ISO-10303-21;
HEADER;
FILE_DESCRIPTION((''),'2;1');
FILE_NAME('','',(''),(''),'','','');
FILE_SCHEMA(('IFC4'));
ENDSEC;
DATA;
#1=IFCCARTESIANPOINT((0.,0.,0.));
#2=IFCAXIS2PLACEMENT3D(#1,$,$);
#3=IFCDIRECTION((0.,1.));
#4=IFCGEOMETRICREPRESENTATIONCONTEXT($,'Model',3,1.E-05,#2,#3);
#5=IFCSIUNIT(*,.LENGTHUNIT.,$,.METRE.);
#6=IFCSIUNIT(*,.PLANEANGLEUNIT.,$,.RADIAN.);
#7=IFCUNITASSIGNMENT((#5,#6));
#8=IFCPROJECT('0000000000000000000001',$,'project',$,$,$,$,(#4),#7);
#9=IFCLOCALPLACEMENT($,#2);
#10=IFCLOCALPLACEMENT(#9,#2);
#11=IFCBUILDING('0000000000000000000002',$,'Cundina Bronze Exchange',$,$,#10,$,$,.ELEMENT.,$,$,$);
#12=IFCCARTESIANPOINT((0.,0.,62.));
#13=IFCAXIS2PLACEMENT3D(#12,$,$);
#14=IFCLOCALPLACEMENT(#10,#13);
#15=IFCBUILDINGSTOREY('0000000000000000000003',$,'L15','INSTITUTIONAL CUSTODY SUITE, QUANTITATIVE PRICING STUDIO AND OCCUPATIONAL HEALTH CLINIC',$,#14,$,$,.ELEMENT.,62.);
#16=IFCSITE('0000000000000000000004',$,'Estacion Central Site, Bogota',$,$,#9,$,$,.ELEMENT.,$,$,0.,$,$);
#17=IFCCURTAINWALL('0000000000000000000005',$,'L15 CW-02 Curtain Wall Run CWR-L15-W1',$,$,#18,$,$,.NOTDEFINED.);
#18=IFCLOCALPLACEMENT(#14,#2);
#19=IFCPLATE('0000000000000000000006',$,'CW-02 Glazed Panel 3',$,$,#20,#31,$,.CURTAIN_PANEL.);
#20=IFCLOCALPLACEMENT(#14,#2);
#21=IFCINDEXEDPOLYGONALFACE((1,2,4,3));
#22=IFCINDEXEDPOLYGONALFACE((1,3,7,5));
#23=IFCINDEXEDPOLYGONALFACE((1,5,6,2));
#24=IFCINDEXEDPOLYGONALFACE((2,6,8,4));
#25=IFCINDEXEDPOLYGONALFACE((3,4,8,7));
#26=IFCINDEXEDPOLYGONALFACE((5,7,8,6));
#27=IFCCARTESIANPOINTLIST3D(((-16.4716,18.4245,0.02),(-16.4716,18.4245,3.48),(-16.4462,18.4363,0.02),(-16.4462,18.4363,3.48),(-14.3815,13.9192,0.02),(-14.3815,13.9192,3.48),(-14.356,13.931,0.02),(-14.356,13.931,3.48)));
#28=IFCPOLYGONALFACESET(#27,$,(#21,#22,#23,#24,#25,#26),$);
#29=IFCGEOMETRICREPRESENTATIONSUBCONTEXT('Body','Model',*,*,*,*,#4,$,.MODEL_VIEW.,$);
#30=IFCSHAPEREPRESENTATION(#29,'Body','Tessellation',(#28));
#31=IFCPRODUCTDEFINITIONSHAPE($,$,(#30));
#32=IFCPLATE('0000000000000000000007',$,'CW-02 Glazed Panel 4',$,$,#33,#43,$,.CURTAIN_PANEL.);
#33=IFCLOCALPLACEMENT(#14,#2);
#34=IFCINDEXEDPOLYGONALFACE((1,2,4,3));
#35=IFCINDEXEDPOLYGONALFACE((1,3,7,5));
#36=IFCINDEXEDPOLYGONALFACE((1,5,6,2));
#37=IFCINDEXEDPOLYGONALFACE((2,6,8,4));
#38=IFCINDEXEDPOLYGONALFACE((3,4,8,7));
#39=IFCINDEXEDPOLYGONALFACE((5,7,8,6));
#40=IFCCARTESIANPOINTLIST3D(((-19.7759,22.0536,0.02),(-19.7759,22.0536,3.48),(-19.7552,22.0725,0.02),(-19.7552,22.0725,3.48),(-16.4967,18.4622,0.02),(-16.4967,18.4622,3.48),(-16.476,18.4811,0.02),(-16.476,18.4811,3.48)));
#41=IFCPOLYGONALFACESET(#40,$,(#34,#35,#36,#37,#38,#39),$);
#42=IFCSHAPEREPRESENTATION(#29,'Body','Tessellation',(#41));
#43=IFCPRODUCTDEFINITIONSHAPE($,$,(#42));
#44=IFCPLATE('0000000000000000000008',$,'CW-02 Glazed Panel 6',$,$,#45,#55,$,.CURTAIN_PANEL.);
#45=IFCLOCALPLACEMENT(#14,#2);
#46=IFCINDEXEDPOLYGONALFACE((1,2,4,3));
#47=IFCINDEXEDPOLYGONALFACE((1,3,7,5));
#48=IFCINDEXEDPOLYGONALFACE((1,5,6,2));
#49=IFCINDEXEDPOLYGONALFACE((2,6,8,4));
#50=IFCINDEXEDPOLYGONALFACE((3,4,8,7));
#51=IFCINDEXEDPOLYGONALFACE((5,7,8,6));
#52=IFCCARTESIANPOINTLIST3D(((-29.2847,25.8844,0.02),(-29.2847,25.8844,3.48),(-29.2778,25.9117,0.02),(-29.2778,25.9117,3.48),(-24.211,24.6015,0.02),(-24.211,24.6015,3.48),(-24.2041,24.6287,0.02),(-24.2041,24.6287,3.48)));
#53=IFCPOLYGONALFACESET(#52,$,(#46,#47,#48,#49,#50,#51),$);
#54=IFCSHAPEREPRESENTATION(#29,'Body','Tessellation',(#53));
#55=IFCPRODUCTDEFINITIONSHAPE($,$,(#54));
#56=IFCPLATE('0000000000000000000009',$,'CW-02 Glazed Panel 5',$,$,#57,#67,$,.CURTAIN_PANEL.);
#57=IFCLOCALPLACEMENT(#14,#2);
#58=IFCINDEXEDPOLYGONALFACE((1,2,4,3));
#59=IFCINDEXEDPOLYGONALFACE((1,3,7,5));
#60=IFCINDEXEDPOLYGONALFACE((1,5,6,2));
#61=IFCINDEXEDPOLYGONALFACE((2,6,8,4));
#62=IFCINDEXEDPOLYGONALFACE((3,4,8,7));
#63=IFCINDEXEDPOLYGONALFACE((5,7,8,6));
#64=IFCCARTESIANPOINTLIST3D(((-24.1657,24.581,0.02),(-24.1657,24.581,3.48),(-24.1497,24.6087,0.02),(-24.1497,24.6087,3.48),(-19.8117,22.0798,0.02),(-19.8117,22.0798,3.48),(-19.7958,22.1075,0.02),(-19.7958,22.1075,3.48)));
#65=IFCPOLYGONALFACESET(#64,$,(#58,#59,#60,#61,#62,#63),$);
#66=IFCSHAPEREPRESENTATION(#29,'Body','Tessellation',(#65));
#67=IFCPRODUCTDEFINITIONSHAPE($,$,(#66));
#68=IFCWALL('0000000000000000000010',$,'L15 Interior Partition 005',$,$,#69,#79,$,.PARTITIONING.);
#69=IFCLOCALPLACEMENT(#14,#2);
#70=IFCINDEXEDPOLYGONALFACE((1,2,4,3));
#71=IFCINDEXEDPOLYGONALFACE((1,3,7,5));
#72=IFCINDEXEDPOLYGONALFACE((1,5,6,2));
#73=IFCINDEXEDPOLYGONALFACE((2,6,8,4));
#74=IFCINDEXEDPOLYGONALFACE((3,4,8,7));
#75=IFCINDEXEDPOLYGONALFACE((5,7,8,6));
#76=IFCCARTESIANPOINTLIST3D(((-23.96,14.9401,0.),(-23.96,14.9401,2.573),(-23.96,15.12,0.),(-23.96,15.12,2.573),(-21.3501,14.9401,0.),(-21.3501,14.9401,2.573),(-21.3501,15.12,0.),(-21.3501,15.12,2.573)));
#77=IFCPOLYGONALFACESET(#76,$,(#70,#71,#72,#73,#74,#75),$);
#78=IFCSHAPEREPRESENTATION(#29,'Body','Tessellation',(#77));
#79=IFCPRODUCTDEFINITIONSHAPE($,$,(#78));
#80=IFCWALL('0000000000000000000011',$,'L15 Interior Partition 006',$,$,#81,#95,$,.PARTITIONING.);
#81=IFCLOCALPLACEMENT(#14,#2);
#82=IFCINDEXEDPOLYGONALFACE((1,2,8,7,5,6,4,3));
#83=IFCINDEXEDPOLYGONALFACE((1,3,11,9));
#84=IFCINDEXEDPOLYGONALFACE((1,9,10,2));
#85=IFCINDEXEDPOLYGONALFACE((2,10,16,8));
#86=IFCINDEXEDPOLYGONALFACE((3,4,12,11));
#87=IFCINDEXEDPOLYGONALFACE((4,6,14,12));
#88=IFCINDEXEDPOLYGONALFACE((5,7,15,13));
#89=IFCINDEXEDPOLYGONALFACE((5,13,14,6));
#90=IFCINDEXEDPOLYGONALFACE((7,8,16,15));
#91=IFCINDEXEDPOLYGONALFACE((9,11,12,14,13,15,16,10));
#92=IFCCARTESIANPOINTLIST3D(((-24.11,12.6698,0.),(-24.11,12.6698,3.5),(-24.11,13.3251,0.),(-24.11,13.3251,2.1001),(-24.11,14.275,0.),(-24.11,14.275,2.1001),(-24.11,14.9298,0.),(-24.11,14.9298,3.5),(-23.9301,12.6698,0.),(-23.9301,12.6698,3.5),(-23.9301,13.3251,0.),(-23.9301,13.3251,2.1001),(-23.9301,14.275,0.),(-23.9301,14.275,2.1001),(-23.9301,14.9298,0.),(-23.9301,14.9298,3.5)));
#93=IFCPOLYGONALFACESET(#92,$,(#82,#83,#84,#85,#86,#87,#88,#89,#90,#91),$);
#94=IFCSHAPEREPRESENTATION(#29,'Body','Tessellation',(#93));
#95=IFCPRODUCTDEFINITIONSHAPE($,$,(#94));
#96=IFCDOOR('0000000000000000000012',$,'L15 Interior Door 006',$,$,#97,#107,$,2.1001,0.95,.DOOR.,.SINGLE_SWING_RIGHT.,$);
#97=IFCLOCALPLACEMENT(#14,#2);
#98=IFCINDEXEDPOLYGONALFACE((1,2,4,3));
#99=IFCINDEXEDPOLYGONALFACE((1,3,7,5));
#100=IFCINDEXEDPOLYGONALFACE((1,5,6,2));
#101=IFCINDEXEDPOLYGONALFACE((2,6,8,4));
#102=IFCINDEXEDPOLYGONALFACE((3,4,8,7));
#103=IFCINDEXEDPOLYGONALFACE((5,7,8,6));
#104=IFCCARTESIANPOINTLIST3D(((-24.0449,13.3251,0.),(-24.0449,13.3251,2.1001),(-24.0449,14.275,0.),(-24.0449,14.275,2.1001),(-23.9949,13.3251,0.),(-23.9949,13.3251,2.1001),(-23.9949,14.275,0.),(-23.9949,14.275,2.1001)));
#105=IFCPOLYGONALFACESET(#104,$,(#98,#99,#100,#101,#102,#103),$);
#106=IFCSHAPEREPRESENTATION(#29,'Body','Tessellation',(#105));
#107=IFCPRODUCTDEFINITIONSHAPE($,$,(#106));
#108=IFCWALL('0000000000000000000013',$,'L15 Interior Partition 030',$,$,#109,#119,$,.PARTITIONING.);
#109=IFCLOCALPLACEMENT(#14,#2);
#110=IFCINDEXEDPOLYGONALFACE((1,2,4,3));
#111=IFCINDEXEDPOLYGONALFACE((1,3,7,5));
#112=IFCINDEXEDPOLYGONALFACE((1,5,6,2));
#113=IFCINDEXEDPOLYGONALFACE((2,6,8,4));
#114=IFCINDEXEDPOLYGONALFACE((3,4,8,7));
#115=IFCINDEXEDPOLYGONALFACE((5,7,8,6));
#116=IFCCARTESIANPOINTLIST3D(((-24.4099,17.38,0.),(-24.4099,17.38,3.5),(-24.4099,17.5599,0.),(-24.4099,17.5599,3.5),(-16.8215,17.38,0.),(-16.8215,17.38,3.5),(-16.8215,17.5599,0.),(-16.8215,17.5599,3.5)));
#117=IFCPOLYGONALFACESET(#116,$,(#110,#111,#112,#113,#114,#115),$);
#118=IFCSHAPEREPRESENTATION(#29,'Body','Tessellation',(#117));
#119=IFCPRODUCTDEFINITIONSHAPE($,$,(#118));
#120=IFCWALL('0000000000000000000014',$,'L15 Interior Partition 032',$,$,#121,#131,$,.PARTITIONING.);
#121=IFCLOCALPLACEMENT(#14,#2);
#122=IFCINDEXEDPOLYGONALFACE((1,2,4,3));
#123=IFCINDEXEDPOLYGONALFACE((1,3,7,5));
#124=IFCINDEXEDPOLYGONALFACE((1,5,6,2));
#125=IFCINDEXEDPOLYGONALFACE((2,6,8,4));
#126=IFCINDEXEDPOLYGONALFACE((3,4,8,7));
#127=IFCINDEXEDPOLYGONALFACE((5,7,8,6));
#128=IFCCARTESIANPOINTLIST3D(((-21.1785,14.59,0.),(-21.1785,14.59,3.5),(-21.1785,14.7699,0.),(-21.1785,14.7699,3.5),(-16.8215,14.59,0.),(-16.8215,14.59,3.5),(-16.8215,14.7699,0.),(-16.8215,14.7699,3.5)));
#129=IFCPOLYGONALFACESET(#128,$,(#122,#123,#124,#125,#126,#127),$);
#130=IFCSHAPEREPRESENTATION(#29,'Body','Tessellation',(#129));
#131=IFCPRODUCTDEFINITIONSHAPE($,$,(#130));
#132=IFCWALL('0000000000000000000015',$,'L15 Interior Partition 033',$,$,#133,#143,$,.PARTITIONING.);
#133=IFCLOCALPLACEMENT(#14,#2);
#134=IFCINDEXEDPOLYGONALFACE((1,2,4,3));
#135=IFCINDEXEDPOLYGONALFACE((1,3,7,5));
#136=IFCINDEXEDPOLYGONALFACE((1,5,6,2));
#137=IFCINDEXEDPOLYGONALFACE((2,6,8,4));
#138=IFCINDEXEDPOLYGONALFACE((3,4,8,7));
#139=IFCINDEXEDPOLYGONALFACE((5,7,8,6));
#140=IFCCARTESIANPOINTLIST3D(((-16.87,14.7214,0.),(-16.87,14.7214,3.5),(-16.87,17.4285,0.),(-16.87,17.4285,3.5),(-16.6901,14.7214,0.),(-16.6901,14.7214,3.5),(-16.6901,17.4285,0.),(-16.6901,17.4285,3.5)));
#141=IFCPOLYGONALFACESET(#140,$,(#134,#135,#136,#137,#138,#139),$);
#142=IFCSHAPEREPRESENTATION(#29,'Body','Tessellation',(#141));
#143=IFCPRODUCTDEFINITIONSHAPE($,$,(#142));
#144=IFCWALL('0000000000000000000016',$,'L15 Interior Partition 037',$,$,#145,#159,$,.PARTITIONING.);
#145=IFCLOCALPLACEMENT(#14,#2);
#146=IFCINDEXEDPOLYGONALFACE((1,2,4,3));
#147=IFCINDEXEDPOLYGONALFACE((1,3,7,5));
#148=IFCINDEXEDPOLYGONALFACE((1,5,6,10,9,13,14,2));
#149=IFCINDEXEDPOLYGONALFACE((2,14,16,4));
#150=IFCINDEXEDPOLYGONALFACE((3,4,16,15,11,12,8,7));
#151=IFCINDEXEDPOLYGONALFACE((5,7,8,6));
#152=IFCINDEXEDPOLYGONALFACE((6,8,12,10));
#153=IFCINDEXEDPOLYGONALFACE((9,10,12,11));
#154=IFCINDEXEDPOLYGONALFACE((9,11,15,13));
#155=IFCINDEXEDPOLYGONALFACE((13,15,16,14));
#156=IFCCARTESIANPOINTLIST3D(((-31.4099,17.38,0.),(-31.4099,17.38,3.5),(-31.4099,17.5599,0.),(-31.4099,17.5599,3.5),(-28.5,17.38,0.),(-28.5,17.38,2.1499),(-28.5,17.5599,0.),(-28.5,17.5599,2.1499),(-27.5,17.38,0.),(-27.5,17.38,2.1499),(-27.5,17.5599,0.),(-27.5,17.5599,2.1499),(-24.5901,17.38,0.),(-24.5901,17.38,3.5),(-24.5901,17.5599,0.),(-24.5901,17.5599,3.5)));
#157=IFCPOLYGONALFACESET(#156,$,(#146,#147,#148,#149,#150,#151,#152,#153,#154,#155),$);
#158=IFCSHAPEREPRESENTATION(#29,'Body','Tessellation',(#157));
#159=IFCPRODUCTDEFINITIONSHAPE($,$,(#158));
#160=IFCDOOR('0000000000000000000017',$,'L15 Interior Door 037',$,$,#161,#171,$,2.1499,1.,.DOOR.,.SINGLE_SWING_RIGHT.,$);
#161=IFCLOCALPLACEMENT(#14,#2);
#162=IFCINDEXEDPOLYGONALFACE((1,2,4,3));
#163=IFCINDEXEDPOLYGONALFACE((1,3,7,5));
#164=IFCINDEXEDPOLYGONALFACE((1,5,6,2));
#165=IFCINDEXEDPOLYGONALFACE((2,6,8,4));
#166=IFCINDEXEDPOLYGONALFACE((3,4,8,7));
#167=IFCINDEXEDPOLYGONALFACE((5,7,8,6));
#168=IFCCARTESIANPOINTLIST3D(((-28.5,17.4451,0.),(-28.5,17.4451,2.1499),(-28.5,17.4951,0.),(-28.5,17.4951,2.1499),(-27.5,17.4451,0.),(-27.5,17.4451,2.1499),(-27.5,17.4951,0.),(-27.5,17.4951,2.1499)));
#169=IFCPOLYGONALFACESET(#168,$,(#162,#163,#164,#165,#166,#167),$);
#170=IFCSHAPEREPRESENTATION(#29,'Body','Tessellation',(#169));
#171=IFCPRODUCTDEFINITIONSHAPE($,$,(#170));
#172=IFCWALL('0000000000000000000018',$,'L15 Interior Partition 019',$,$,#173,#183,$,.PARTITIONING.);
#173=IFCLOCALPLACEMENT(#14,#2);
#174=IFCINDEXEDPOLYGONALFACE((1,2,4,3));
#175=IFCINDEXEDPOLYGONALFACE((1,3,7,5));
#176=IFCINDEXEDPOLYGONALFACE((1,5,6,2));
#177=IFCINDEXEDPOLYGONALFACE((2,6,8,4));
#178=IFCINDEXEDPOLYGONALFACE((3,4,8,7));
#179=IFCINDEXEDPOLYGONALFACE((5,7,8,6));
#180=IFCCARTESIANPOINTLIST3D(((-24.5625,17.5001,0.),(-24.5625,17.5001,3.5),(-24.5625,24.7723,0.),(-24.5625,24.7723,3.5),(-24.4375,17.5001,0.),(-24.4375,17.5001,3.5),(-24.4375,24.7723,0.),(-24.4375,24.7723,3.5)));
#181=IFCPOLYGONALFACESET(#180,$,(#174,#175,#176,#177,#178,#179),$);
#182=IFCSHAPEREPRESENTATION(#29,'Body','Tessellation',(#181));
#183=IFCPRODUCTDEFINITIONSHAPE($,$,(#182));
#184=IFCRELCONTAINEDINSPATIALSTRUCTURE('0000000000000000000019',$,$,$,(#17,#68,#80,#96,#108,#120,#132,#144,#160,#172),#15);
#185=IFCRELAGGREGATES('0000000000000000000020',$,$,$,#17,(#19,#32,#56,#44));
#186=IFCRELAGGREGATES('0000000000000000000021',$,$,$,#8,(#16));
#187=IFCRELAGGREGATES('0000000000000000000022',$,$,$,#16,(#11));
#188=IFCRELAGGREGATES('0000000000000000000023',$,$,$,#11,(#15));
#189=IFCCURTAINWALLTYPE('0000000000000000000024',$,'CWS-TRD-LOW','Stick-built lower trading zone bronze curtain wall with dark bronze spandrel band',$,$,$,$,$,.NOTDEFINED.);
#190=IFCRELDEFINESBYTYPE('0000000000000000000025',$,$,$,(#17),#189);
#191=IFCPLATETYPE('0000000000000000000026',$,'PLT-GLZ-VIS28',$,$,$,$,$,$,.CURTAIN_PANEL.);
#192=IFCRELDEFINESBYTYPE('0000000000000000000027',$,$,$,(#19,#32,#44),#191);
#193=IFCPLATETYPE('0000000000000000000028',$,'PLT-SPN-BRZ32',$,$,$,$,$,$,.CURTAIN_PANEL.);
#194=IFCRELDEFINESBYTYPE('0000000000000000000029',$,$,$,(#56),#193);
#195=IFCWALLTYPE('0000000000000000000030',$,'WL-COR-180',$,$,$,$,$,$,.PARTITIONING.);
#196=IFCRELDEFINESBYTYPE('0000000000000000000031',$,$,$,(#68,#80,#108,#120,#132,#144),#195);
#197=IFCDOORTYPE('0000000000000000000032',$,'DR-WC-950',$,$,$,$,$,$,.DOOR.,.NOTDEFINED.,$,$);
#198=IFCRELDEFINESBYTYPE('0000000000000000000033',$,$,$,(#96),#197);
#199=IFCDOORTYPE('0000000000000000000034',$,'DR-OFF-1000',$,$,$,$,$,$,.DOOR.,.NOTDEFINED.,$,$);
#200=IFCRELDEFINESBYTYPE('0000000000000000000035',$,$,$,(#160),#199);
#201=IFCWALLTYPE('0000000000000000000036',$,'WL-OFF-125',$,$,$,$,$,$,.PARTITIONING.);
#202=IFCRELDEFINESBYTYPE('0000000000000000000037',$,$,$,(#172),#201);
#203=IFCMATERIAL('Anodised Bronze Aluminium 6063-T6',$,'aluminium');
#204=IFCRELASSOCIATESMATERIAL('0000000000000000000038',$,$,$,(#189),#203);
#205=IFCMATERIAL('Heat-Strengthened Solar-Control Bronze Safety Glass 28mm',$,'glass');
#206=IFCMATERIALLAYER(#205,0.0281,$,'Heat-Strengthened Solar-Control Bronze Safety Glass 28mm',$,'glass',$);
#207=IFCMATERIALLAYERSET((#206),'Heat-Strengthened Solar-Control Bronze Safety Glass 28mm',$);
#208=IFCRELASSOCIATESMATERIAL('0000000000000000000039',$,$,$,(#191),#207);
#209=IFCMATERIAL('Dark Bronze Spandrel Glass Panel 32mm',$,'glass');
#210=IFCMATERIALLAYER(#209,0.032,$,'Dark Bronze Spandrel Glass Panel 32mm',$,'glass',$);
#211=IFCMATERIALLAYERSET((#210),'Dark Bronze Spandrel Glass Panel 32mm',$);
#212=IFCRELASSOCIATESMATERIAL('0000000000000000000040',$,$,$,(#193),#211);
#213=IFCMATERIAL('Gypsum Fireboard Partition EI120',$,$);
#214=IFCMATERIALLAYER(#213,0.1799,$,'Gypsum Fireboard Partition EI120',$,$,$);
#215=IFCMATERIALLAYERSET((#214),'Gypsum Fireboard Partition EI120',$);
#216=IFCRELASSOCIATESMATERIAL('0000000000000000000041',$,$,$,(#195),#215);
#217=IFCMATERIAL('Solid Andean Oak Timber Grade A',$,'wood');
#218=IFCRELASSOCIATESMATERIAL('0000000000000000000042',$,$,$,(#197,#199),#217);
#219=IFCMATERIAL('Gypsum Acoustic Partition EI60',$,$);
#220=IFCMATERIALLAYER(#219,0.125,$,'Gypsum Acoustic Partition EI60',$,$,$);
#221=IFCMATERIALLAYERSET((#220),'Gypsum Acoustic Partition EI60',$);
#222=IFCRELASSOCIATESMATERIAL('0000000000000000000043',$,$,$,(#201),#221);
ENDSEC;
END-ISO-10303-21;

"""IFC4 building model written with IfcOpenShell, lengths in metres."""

from ifc_helpers import new_model, si_unit, direction, frame, frame_2d, origin, origin_2d, place, context, subcontext, project, spatial, rectangle, extrude, material, layer, layer_set, type_object, element, fill, aggregate, save


model = new_model("IFC4")

# Units and contexts
model_context = context("Model", 3, precision=1e-05, world=origin(), true_north=direction((0.0, 1.0)))
body_context = subcontext(model_context, "Body", "Model", "MODEL_VIEW")
ifc_project = project(units=[si_unit("LENGTHUNIT", "METRE"), si_unit("PLANEANGLEUNIT", "RADIAN")], contexts=[model_context])

# Site, building, storey
site_placement = place(None, origin())
site = spatial("IfcSite", under=ifc_project, at=site_placement, Name="Estacion Central Site, Bogota", CompositionType="ELEMENT", RefElevation=0.0)
building_placement = place(site_placement, origin())
building = spatial("IfcBuilding", under=site, at=building_placement, Name="Cundina Bronze Exchange", CompositionType="ELEMENT")
storey_placement = place(building_placement, frame((0.0, 0.0, 62.0)))
storey = spatial("IfcBuildingStorey", under=building, at=storey_placement, Name="L15", Description="INSTITUTIONAL CUSTODY SUITE, QUANTITATIVE PRICING STUDIO AND OCCUPATIONAL HEALTH CLINIC", CompositionType="ELEMENT", Elevation=62.0)

# Curtain wall, plates
ifc_material_1 = material(Name="Anodised Bronze Aluminium 6063-T6", Category="aluminium")
curtain_wall_type = type_object("IfcCurtainWallType", Name="CWS-TRD-LOW", Description="Stick-built lower trading zone bronze curtain wall with dark bronze spandrel band", PredefinedType="NOTDEFINED", material=ifc_material_1)
curtain_wall_placement = place(storey_placement, origin())
curtain_wall = element("IfcCurtainWall", 1, at=curtain_wall_placement, inside=storey, type_object=curtain_wall_type, Name="L15 CW-02 Curtain Wall Run CWR-L15-W1", PredefinedType="NOTDEFINED")
ifc_material_2 = material(Name="Heat-Strengthened Solar-Control Bronze Safety Glass 28mm", Category="glass")
ifc_layer_1 = layer(ifc_material_2, 0.0281, Name="Heat-Strengthened Solar-Control Bronze Safety Glass 28mm", Category="glass")
ifc_layer_set_1 = layer_set([ifc_layer_1], Name="Heat-Strengthened Solar-Control Bronze Safety Glass 28mm")
plate_type_1 = type_object("IfcPlateType", Name="PLT-GLZ-VIS28", PredefinedType="CURTAIN_PANEL", material=ifc_layer_set_1)
plate_1_placement = place(storey_placement, frame((-15.4138, 16.1777, 0.02), z_axis=(0.0, 0.0, 1.0), x_axis=(-0.420846, 0.907132, 0.0)))
plate_1 = element("IfcPlate", 2, at=plate_1_placement, type_object=plate_type_1, Name="CW-02 Glazed Panel 3", PredefinedType="CURTAIN_PANEL", context=body_context, shape_type="SweptSolid", body=[
    extrude(rectangle(XDim=4.9666, YDim=0.0281, at=origin_2d()), origin(), (0.0, 0.0, 1.0), 3.46),
])
plate_2_placement = place(storey_placement, frame((-18.126, 20.2673, 0.02), z_axis=(0.0, 0.0, 1.0), x_axis=(-0.674277, 0.738479, 0.0)))
plate_2 = element("IfcPlate", 3, at=plate_2_placement, type_object=plate_type_1, Name="CW-02 Glazed Panel 4", PredefinedType="CURTAIN_PANEL", context=body_context, shape_type="SweptSolid", body=[
    extrude(rectangle(XDim=4.8633, YDim=0.0281, at=origin_2d()), origin(), (0.0, 0.0, 1.0), 3.46),
])
plate_3_placement = place(storey_placement, frame((-26.7444, 25.2566, 0.02), z_axis=(0.0, 0.0, 1.0), x_axis=(-0.969488, 0.245138, 0.0)))
plate_3 = element("IfcPlate", 4, at=plate_3_placement, type_object=plate_type_1, Name="CW-02 Glazed Panel 6", PredefinedType="CURTAIN_PANEL", context=body_context, shape_type="SweptSolid", body=[
    extrude(rectangle(XDim=5.2334, YDim=0.0281, at=origin_2d()), origin(), (0.0, 0.0, 1.0), 3.46),
])
ifc_material_3 = material(Name="Dark Bronze Spandrel Glass Panel 32mm", Category="glass")
ifc_layer_2 = layer(ifc_material_3, 0.032, Name="Dark Bronze Spandrel Glass Panel 32mm", Category="glass")
ifc_layer_set_2 = layer_set([ifc_layer_2], Name="Dark Bronze Spandrel Glass Panel 32mm")
plate_type_2 = type_object("IfcPlateType", Name="PLT-SPN-BRZ32", PredefinedType="CURTAIN_PANEL", material=ifc_layer_set_2)
plate_4_placement = place(storey_placement, frame((-21.9807, 23.3442, 0.02), z_axis=(0.0, 0.0, 1.0), x_axis=(-0.867105, 0.498125, 0.0)))
plate_4 = element("IfcPlate", 5, at=plate_4_placement, type_object=plate_type_2, Name="CW-02 Glazed Panel 5", PredefinedType="CURTAIN_PANEL", context=body_context, shape_type="SweptSolid", body=[
    extrude(rectangle(XDim=5.0212, YDim=0.032, at=origin_2d()), origin(), (0.0, 0.0, 1.0), 3.46),
])
aggregate(curtain_wall, [plate_1, plate_2, plate_4, plate_3])

# Wall
ifc_material_4 = material(Name="Gypsum Fireboard Partition EI120")
ifc_layer_3 = layer(ifc_material_4, 0.1799, Name="Gypsum Fireboard Partition EI120")
ifc_layer_set_3 = layer_set([ifc_layer_3], Name="Gypsum Fireboard Partition EI120")
wall_type_1 = type_object("IfcWallType", Name="WL-COR-180", PredefinedType="PARTITIONING", material=ifc_layer_set_3)
wall_1_placement = place(storey_placement, frame((-23.96, 15.03, 0.0), z_axis=(0.0, 0.0, 1.0), x_axis=(1.0, 0.0, 0.0)))
element("IfcWall", 6, at=wall_1_placement, inside=storey, type_object=wall_type_1, Name="L15 Interior Partition 005", PredefinedType="PARTITIONING", context=body_context, shape_type="SweptSolid", body=[
    extrude(rectangle(XDim=2.6099, YDim=0.1799, at=frame_2d((1.3049, 0.0))), origin(), (0.0, 0.0, 1.0), 2.573),
])

# Wall, opening, door
wall_2_placement = place(storey_placement, frame((-24.02, 12.6699, 0.0), z_axis=(0.0, 0.0, 1.0), x_axis=(0.0, 1.0, 0.0)))
wall_2 = element("IfcWall", 7, at=wall_2_placement, inside=storey, type_object=wall_type_1, Name="L15 Interior Partition 006", PredefinedType="PARTITIONING", context=body_context, shape_type="SweptSolid", body=[
    extrude(rectangle(XDim=2.26, YDim=0.1799, at=frame_2d((1.1299, 0.0))), origin(), (0.0, 0.0, 1.0), 3.5),
])
opening_1_placement = place(wall_2_placement, frame((0.655, 0.0, 0.0)))
opening_1 = element("IfcOpeningElement", 8, at=opening_1_placement, cuts=wall_2, PredefinedType="OPENING", context=body_context, shape_type="SweptSolid", body=[
    extrude(rectangle(XDim=0.95, YDim=2.1001, at=frame_2d((0.4751, 1.05))), frame((0.0, 0.0999, 0.0), z_axis=(0.0, -1.0, 0.0), x_axis=(1.0, 0.0, 0.0)), (0.0, 0.0, 1.0), 0.2),
])
ifc_material_5 = material(Name="Solid Andean Oak Timber Grade A", Category="wood")
door_type_1 = type_object("IfcDoorType", Name="DR-WC-950", OperationType="NOTDEFINED", PredefinedType="DOOR", material=ifc_material_5)
door_1_placement = place(opening_1_placement, origin())
door_1 = element("IfcDoor", 9, at=door_1_placement, inside=storey, type_object=door_type_1, Name="L15 Interior Door 006", OperationType="SINGLE_SWING_RIGHT", OverallHeight=2.1001, OverallWidth=0.95, PredefinedType="DOOR", context=body_context, shape_type="SweptSolid", body=[
    extrude(rectangle(XDim=0.95, YDim=2.1001, at=frame_2d((0.4751, 1.05))), frame((0.0, 0.0249, 0.0), z_axis=(0.0, -1.0, 0.0), x_axis=(1.0, 0.0, 0.0)), (0.0, 0.0, 1.0), 0.05),
])
fill(opening_1, door_1)

# Walls
wall_3_placement = place(storey_placement, frame((-16.8215, 17.47, 0.0), z_axis=(0.0, 0.0, 1.0), x_axis=(-1.0, 0.0, 0.0)))
element("IfcWall", 10, at=wall_3_placement, inside=storey, type_object=wall_type_1, Name="L15 Interior Partition 030", PredefinedType="PARTITIONING", context=body_context, shape_type="SweptSolid", body=[
    extrude(rectangle(XDim=7.5884, YDim=0.1799, at=frame_2d((3.7942, 0.0))), origin(), (0.0, 0.0, 1.0), 3.5),
])
wall_4_placement = place(storey_placement, frame((-21.1785, 14.6799, 0.0), z_axis=(0.0, 0.0, 1.0), x_axis=(1.0, 0.0, 0.0)))
element("IfcWall", 11, at=wall_4_placement, inside=storey, type_object=wall_type_1, Name="L15 Interior Partition 032", PredefinedType="PARTITIONING", context=body_context, shape_type="SweptSolid", body=[
    extrude(rectangle(XDim=4.3569, YDim=0.1799, at=frame_2d((2.1785, 0.0))), origin(), (0.0, 0.0, 1.0), 3.5),
])
wall_5_placement = place(storey_placement, frame((-16.78, 14.7214, 0.0), z_axis=(0.0, 0.0, 1.0), x_axis=(0.0, 1.0, 0.0)))
element("IfcWall", 12, at=wall_5_placement, inside=storey, type_object=wall_type_1, Name="L15 Interior Partition 033", PredefinedType="PARTITIONING", context=body_context, shape_type="SweptSolid", body=[
    extrude(rectangle(XDim=2.707, YDim=0.1799, at=frame_2d((1.3535, 0.0))), origin(), (0.0, 0.0, 1.0), 3.5),
])

# Wall, opening, door
wall_6_placement = place(storey_placement, frame((-24.5901, 17.47, 0.0), z_axis=(0.0, 0.0, 1.0), x_axis=(-1.0, 0.0, 0.0)))
wall_6 = element("IfcWall", 13, at=wall_6_placement, inside=storey, type_object=wall_type_1, Name="L15 Interior Partition 037", PredefinedType="PARTITIONING", context=body_context, shape_type="SweptSolid", body=[
    extrude(rectangle(XDim=6.8198, YDim=0.1799, at=frame_2d((3.4099, 0.0))), origin(), (0.0, 0.0, 1.0), 3.5),
])
opening_2_placement = place(wall_6_placement, frame((2.9099, 0.0, 0.0)))
opening_2 = element("IfcOpeningElement", 14, at=opening_2_placement, cuts=wall_6, PredefinedType="OPENING", context=body_context, shape_type="SweptSolid", body=[
    extrude(rectangle(XDim=1.0, YDim=2.1499, at=frame_2d((0.5, 1.075))), frame((0.0, 0.0999, 0.0), z_axis=(0.0, -1.0, 0.0), x_axis=(1.0, 0.0, 0.0)), (0.0, 0.0, 1.0), 0.2),
])
door_type_2 = type_object("IfcDoorType", Name="DR-OFF-1000", OperationType="NOTDEFINED", PredefinedType="DOOR", material=ifc_material_5)
door_2_placement = place(opening_2_placement, origin())
door_2 = element("IfcDoor", 15, at=door_2_placement, inside=storey, type_object=door_type_2, Name="L15 Interior Door 037", OperationType="SINGLE_SWING_RIGHT", OverallHeight=2.1499, OverallWidth=1.0, PredefinedType="DOOR", context=body_context, shape_type="SweptSolid", body=[
    extrude(rectangle(XDim=1.0, YDim=2.1499, at=frame_2d((0.5, 1.075))), frame((0.0, 0.0249, 0.0), z_axis=(0.0, -1.0, 0.0), x_axis=(1.0, 0.0, 0.0)), (0.0, 0.0, 1.0), 0.05),
])
fill(opening_2, door_2)

# Wall
ifc_material_6 = material(Name="Gypsum Acoustic Partition EI60")
ifc_layer_4 = layer(ifc_material_6, 0.125, Name="Gypsum Acoustic Partition EI60")
ifc_layer_set_4 = layer_set([ifc_layer_4], Name="Gypsum Acoustic Partition EI60")
wall_type_2 = type_object("IfcWallType", Name="WL-OFF-125", PredefinedType="PARTITIONING", material=ifc_layer_set_4)
wall_7_placement = place(storey_placement, frame((-24.5, 17.5, 0.0), z_axis=(0.0, 0.0, 1.0), x_axis=(0.0, 1.0, 0.0)))
element("IfcWall", 16, at=wall_7_placement, inside=storey, type_object=wall_type_2, Name="L15 Interior Partition 019", PredefinedType="PARTITIONING", context=body_context, shape_type="SweptSolid", body=[
    extrude(rectangle(XDim=7.2722, YDim=0.125, at=frame_2d((3.6362, 0.0))), origin(), (0.0, 0.0, 1.0), 3.5),
])

save(model, "model.ifc")
